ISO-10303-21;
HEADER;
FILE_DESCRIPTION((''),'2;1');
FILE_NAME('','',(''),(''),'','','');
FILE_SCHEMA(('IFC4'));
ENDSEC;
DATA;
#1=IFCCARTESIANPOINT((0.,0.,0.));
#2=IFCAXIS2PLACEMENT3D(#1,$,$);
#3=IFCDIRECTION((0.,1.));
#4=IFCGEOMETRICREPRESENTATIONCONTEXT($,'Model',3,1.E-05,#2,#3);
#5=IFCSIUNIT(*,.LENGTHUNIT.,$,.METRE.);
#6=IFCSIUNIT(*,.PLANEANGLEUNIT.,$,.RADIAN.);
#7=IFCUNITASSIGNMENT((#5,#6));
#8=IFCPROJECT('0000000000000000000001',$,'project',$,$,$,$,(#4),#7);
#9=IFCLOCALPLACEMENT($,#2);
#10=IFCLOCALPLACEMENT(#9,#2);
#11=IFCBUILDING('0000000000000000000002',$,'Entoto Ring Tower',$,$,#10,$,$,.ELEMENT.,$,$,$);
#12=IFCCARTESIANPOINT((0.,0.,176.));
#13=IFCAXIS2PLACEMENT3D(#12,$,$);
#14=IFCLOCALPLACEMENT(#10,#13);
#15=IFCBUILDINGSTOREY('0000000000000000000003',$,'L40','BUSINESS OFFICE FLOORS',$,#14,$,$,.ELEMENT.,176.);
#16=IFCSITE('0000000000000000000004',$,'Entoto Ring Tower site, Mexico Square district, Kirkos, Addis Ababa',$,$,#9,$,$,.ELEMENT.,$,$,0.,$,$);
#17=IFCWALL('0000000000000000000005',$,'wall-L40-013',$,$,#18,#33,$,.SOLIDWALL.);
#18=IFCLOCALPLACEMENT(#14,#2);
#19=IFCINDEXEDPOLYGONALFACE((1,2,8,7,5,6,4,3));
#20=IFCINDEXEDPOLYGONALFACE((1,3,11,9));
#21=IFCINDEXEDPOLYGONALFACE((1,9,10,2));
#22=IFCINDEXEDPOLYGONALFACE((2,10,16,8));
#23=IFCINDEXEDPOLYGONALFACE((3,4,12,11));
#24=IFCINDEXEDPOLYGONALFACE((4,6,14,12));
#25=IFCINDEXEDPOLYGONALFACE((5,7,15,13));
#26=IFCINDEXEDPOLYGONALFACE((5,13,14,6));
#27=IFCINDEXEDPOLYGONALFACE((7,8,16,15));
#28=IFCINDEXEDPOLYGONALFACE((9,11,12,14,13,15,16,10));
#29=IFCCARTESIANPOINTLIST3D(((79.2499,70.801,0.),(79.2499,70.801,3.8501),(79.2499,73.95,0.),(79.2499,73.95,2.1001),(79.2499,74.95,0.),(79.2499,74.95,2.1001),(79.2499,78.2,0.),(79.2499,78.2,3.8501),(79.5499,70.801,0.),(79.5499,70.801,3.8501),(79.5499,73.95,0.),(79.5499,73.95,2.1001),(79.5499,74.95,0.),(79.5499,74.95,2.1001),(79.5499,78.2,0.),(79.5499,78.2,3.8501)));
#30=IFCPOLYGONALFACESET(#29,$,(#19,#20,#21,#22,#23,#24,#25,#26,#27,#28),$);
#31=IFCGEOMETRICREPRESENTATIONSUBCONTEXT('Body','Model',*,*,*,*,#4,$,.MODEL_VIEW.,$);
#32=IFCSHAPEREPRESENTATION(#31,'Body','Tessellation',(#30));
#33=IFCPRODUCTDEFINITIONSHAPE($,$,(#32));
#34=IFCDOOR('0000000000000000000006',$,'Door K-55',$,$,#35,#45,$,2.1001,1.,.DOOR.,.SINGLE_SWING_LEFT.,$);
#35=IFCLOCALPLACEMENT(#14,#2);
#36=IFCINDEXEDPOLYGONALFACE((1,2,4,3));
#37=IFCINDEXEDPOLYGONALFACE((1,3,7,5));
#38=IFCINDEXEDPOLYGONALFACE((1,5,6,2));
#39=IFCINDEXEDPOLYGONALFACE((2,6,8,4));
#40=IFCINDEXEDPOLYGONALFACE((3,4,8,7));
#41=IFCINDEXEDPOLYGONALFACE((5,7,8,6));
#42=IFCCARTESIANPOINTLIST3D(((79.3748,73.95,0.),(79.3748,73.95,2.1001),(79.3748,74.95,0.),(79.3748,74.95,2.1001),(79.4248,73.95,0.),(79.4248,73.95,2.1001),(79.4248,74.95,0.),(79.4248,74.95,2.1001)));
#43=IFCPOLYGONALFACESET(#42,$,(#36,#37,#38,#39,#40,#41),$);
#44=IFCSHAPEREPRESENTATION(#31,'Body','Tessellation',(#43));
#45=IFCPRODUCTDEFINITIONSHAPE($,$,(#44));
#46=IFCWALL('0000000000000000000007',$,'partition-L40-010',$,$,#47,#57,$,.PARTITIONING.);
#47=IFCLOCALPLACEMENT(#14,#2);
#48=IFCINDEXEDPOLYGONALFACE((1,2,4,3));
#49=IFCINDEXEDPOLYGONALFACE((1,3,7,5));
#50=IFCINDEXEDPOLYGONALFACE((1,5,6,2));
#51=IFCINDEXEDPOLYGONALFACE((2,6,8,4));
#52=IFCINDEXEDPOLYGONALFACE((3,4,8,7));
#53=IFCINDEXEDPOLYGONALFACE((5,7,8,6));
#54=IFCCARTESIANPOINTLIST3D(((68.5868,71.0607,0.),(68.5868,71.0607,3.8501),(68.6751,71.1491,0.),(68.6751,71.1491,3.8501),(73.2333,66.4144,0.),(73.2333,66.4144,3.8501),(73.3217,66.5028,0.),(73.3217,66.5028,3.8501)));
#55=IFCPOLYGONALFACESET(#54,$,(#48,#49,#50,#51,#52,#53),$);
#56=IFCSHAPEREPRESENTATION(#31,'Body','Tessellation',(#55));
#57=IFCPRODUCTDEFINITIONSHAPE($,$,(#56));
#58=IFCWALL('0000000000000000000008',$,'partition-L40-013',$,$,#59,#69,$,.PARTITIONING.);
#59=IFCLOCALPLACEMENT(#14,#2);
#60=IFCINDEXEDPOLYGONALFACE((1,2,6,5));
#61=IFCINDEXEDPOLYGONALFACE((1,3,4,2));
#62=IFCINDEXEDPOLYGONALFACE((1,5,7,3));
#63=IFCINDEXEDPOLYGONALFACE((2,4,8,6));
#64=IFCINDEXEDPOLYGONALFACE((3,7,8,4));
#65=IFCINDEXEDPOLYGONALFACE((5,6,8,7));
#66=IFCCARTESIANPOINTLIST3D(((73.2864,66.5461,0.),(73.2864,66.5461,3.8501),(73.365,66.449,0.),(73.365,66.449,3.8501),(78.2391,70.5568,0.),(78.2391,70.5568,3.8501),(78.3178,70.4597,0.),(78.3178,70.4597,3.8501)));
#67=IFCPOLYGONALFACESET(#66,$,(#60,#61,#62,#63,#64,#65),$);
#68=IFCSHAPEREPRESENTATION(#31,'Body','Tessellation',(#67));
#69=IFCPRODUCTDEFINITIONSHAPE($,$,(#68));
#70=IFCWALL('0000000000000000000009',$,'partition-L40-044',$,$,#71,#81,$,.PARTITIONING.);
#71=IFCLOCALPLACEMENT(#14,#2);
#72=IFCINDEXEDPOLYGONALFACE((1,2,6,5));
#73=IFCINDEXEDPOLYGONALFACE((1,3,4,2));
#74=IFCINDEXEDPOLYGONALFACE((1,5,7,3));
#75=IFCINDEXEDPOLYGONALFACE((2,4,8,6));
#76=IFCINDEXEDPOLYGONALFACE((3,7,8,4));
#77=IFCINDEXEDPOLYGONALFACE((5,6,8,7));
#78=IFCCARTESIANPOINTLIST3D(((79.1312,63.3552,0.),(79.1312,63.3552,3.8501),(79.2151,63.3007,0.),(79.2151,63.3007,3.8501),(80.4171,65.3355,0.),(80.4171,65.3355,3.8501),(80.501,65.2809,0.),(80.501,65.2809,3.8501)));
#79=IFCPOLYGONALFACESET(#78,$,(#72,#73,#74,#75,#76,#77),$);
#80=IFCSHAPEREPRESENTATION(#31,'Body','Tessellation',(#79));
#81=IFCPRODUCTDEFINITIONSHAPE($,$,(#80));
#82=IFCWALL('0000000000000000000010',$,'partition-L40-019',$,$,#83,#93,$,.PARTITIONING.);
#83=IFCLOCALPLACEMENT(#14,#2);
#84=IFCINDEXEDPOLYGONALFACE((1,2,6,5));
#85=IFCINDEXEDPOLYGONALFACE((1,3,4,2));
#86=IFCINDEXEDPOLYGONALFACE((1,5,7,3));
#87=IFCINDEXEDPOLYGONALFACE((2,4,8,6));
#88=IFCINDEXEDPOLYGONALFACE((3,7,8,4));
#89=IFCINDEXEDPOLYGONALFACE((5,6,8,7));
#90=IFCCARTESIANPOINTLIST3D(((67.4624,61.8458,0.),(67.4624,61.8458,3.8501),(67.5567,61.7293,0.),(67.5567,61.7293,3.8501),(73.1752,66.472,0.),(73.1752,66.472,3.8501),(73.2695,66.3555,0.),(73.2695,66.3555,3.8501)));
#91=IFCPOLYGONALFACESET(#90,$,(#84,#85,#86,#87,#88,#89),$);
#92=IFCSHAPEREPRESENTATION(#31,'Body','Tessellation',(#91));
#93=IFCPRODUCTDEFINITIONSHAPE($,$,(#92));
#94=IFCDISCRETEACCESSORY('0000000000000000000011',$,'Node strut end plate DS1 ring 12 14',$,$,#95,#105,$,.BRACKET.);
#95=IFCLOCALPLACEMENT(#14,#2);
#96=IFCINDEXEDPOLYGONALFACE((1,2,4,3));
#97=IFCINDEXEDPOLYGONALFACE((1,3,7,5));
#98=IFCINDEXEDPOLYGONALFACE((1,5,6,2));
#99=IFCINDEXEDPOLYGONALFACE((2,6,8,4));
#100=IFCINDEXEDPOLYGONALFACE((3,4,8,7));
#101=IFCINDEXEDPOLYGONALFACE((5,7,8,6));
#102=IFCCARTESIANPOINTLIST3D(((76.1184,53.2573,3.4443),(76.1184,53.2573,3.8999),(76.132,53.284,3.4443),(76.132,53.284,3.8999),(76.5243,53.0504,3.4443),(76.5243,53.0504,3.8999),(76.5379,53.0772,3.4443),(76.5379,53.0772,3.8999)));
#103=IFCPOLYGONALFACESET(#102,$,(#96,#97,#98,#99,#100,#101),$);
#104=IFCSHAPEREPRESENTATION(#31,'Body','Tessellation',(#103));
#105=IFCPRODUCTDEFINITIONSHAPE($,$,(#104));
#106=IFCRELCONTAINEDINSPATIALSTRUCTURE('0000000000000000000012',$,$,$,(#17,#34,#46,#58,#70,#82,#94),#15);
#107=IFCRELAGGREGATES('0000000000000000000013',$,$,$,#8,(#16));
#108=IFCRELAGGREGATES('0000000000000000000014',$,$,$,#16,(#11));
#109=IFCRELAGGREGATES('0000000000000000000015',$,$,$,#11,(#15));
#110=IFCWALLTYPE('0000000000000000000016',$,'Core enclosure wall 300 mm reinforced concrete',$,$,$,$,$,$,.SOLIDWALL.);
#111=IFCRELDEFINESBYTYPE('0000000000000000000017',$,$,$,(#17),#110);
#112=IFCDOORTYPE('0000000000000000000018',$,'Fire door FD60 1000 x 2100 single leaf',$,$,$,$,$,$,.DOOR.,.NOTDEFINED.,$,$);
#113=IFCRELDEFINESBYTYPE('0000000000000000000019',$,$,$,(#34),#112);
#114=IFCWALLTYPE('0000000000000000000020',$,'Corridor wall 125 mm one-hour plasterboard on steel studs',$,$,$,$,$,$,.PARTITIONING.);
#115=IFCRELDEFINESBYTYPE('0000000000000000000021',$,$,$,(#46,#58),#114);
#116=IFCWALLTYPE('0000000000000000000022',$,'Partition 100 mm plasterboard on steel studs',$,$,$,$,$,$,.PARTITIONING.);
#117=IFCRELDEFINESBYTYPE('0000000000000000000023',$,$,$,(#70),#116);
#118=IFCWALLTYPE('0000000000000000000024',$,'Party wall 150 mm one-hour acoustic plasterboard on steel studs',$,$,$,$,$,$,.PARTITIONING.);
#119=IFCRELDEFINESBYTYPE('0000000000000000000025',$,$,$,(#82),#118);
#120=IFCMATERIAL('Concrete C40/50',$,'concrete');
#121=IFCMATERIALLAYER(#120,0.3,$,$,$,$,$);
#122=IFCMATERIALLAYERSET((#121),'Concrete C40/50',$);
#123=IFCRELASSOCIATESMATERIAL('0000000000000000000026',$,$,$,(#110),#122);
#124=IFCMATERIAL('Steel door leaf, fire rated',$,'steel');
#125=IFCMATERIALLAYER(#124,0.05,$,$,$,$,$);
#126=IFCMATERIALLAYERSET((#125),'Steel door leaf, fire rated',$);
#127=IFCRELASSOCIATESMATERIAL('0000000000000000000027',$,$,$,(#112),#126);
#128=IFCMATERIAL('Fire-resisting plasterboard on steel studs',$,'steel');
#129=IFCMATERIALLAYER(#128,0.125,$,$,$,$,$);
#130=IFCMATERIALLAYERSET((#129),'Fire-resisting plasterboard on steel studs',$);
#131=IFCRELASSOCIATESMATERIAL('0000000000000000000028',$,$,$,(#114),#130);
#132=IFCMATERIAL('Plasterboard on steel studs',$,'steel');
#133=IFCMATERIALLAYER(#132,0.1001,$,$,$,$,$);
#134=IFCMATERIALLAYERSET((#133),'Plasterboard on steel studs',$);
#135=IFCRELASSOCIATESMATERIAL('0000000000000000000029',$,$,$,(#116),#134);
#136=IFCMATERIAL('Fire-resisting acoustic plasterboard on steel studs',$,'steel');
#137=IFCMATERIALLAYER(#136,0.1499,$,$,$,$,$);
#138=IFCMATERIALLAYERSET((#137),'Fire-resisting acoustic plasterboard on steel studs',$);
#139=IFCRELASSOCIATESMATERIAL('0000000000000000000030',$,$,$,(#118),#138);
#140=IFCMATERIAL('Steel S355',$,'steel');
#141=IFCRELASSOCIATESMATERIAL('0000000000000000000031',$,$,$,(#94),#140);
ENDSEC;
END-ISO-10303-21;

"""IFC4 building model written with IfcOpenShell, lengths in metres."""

from ifc_helpers import new_model, si_unit, direction, frame, frame_2d, origin, origin_2d, place, context, subcontext, project, spatial, rectangle, extrude, material, layer, layer_set, type_object, element, fill, save


model = new_model("IFC4")

# Units and contexts
model_context = context("Model", 3, precision=1e-05, world=origin(), true_north=direction((0.0, 1.0)))
body_context = subcontext(model_context, "Body", "Model", "MODEL_VIEW")
ifc_project = project(units=[si_unit("LENGTHUNIT", "METRE"), si_unit("PLANEANGLEUNIT", "RADIAN")], contexts=[model_context])

# Site, building, storey
site_placement = place(None, origin())
site = spatial("IfcSite", under=ifc_project, at=site_placement, Name="Entoto Ring Tower site, Mexico Square district, Kirkos, Addis Ababa", CompositionType="ELEMENT", RefElevation=0.0)
building_placement = place(site_placement, origin())
building = spatial("IfcBuilding", under=site, at=building_placement, Name="Entoto Ring Tower", CompositionType="ELEMENT")
storey_placement = place(building_placement, frame((0.0, 0.0, 176.0)))
storey = spatial("IfcBuildingStorey", under=building, at=storey_placement, Name="L40", Description="BUSINESS OFFICE FLOORS", CompositionType="ELEMENT", Elevation=176.0)

# Wall, opening, door
ifc_material_1 = material(Name="Concrete C40/50", Category="concrete")
ifc_layer_1 = layer(ifc_material_1, 0.3)
ifc_layer_set_1 = layer_set([ifc_layer_1], Name="Concrete C40/50")
wall_type_1 = type_object("IfcWallType", Name="Core enclosure wall 300 mm reinforced concrete", PredefinedType="SOLIDWALL", material=ifc_layer_set_1)
wall_1_placement = place(storey_placement, frame((79.3999, 70.801, 0.0), z_axis=(0.0, 0.0, 1.0), x_axis=(0.0, 1.0, 0.0)))
wall_1 = element("IfcWall", 1, at=wall_1_placement, inside=storey, type_object=wall_type_1, Name="wall-L40-013", PredefinedType="SOLIDWALL", context=body_context, shape_type="SweptSolid", body=[
    extrude(rectangle(XDim=7.3989, YDim=0.3, at=frame_2d((3.6995, 0.0))), origin(), (0.0, 0.0, 1.0), 3.8501),
])
opening_placement = place(wall_1_placement, frame((3.1489, 0.0, 0.0)))
opening = element("IfcOpeningElement", 2, at=opening_placement, cuts=wall_1, PredefinedType="OPENING", context=body_context, shape_type="SweptSolid", body=[
    extrude(rectangle(XDim=1.0, YDim=2.1001, at=frame_2d((0.5, 1.05))), frame((0.0, 0.1602, 0.0), z_axis=(0.0, -1.0, 0.0), x_axis=(1.0, 0.0, 0.0)), (0.0, 0.0, 1.0), 0.3201),
])
ifc_material_2 = material(Name="Steel door leaf, fire rated", Category="steel")
ifc_layer_2 = layer(ifc_material_2, 0.05)
ifc_layer_set_2 = layer_set([ifc_layer_2], Name="Steel door leaf, fire rated")
door_type = type_object("IfcDoorType", Name="Fire door FD60 1000 x 2100 single leaf", OperationType="NOTDEFINED", PredefinedType="DOOR", material=ifc_layer_set_2)
door_placement = place(opening_placement, frame((1.0, 0.0, 0.0), z_axis=(0.0, 0.0, 1.0), x_axis=(-1.0, 0.0, 0.0)))
door = element("IfcDoor", 3, at=door_placement, inside=storey, type_object=door_type, Name="Door K-55", OperationType="SINGLE_SWING_LEFT", OverallHeight=2.1001, OverallWidth=1.0, PredefinedType="DOOR", context=body_context, shape_type="SweptSolid", body=[
    extrude(rectangle(XDim=1.0, YDim=2.1001, at=frame_2d((0.5, 1.05))), frame((0.0, 0.0249, 0.0), z_axis=(0.0, -1.0, 0.0), x_axis=(1.0, 0.0, 0.0)), (0.0, 0.0, 1.0), 0.05),
])
fill(opening, door)

# Walls
ifc_material_3 = material(Name="Fire-resisting plasterboard on steel studs", Category="steel")
ifc_layer_3 = layer(ifc_material_3, 0.125)
ifc_layer_set_3 = layer_set([ifc_layer_3], Name="Fire-resisting plasterboard on steel studs")
wall_type_2 = type_object("IfcWallType", Name="Corridor wall 125 mm one-hour plasterboard on steel studs", PredefinedType="PARTITIONING", material=ifc_layer_set_3)
wall_2_placement = place(storey_placement, frame((73.2776, 66.4585, 0.0), z_axis=(0.0, 0.0, 1.0), x_axis=(-0.707125, 0.707088, 0.0)))
element("IfcWall", 4, at=wall_2_placement, inside=storey, type_object=wall_type_2, Name="partition-L40-010", PredefinedType="PARTITIONING", context=body_context, shape_type="SweptSolid", body=[
    extrude(rectangle(XDim=6.571, YDim=0.125, at=frame_2d((3.2856, 0.0))), origin(), (0.0, 0.0, 1.0), 3.8501),
])
wall_3_placement = place(storey_placement, frame((73.3257, 66.4976, 0.0), z_axis=(0.0, 0.0, 1.0), x_axis=(0.777148, 0.629318, 0.0)))
element("IfcWall", 5, at=wall_3_placement, inside=storey, type_object=wall_type_2, Name="partition-L40-013", PredefinedType="PARTITIONING", context=body_context, shape_type="SweptSolid", body=[
    extrude(rectangle(XDim=6.373, YDim=0.125, at=frame_2d((3.1865, 0.0))), origin(), (0.0, 0.0, 1.0), 3.8501),
])
ifc_material_4 = material(Name="Plasterboard on steel studs", Category="steel")
ifc_layer_4 = layer(ifc_material_4, 0.1001)
ifc_layer_set_4 = layer_set([ifc_layer_4], Name="Plasterboard on steel studs")
wall_type_3 = type_object("IfcWallType", Name="Partition 100 mm plasterboard on steel studs", PredefinedType="PARTITIONING", material=ifc_layer_set_4)
wall_4_placement = place(storey_placement, frame((79.1731, 63.3279, 0.0), z_axis=(0.0, 0.0, 1.0), x_axis=(0.544614, 0.838687, 0.0)))
element("IfcWall", 6, at=wall_4_placement, inside=storey, type_object=wall_type_3, Name="partition-L40-044", PredefinedType="PARTITIONING", context=body_context, shape_type="SweptSolid", body=[
    extrude(rectangle(XDim=2.3611, YDim=0.1001, at=frame_2d((1.1807, 0.0))), origin(), (0.0, 0.0, 1.0), 3.8501),
])
ifc_material_5 = material(Name="Fire-resisting acoustic plasterboard on steel studs", Category="steel")
ifc_layer_5 = layer(ifc_material_5, 0.1499)
ifc_layer_set_5 = layer_set([ifc_layer_5], Name="Fire-resisting acoustic plasterboard on steel studs")
wall_type_4 = type_object("IfcWallType", Name="Party wall 150 mm one-hour acoustic plasterboard on steel studs", PredefinedType="PARTITIONING", material=ifc_layer_set_5)
wall_5_placement = place(storey_placement, frame((67.5095, 61.7876, 0.0), z_axis=(0.0, 0.0, 1.0), x_axis=(0.777145, 0.629321, 0.0)))
element("IfcWall", 7, at=wall_5_placement, inside=storey, type_object=wall_type_4, Name="partition-L40-019", PredefinedType="PARTITIONING", context=body_context, shape_type="SweptSolid", body=[
    extrude(rectangle(XDim=7.3511, YDim=0.1499, at=frame_2d((3.6755, 0.0))), origin(), (0.0, 0.0, 1.0), 3.8501),
])

# Discrete accessory
ifc_material_6 = material(Name="Steel S355", Category="steel")
discrete_accessory_placement = place(storey_placement, frame((76.3281, 53.1672, 3.4443), z_axis=(0.0, 0.0, 1.0), x_axis=(-0.45399, -0.891007, 0.0)))
element("IfcDiscreteAccessory", 8, at=discrete_accessory_placement, inside=storey, material=ifc_material_6, Name="Node strut end plate DS1 ring 12 14", PredefinedType="BRACKET", context=body_context, shape_type="SweptSolid", body=[
    extrude(rectangle(XDim=0.03, YDim=0.4556, at=origin_2d()), origin(), (0.0, 0.0, 1.0), 0.4556),
])

save(model, "model.ifc")
